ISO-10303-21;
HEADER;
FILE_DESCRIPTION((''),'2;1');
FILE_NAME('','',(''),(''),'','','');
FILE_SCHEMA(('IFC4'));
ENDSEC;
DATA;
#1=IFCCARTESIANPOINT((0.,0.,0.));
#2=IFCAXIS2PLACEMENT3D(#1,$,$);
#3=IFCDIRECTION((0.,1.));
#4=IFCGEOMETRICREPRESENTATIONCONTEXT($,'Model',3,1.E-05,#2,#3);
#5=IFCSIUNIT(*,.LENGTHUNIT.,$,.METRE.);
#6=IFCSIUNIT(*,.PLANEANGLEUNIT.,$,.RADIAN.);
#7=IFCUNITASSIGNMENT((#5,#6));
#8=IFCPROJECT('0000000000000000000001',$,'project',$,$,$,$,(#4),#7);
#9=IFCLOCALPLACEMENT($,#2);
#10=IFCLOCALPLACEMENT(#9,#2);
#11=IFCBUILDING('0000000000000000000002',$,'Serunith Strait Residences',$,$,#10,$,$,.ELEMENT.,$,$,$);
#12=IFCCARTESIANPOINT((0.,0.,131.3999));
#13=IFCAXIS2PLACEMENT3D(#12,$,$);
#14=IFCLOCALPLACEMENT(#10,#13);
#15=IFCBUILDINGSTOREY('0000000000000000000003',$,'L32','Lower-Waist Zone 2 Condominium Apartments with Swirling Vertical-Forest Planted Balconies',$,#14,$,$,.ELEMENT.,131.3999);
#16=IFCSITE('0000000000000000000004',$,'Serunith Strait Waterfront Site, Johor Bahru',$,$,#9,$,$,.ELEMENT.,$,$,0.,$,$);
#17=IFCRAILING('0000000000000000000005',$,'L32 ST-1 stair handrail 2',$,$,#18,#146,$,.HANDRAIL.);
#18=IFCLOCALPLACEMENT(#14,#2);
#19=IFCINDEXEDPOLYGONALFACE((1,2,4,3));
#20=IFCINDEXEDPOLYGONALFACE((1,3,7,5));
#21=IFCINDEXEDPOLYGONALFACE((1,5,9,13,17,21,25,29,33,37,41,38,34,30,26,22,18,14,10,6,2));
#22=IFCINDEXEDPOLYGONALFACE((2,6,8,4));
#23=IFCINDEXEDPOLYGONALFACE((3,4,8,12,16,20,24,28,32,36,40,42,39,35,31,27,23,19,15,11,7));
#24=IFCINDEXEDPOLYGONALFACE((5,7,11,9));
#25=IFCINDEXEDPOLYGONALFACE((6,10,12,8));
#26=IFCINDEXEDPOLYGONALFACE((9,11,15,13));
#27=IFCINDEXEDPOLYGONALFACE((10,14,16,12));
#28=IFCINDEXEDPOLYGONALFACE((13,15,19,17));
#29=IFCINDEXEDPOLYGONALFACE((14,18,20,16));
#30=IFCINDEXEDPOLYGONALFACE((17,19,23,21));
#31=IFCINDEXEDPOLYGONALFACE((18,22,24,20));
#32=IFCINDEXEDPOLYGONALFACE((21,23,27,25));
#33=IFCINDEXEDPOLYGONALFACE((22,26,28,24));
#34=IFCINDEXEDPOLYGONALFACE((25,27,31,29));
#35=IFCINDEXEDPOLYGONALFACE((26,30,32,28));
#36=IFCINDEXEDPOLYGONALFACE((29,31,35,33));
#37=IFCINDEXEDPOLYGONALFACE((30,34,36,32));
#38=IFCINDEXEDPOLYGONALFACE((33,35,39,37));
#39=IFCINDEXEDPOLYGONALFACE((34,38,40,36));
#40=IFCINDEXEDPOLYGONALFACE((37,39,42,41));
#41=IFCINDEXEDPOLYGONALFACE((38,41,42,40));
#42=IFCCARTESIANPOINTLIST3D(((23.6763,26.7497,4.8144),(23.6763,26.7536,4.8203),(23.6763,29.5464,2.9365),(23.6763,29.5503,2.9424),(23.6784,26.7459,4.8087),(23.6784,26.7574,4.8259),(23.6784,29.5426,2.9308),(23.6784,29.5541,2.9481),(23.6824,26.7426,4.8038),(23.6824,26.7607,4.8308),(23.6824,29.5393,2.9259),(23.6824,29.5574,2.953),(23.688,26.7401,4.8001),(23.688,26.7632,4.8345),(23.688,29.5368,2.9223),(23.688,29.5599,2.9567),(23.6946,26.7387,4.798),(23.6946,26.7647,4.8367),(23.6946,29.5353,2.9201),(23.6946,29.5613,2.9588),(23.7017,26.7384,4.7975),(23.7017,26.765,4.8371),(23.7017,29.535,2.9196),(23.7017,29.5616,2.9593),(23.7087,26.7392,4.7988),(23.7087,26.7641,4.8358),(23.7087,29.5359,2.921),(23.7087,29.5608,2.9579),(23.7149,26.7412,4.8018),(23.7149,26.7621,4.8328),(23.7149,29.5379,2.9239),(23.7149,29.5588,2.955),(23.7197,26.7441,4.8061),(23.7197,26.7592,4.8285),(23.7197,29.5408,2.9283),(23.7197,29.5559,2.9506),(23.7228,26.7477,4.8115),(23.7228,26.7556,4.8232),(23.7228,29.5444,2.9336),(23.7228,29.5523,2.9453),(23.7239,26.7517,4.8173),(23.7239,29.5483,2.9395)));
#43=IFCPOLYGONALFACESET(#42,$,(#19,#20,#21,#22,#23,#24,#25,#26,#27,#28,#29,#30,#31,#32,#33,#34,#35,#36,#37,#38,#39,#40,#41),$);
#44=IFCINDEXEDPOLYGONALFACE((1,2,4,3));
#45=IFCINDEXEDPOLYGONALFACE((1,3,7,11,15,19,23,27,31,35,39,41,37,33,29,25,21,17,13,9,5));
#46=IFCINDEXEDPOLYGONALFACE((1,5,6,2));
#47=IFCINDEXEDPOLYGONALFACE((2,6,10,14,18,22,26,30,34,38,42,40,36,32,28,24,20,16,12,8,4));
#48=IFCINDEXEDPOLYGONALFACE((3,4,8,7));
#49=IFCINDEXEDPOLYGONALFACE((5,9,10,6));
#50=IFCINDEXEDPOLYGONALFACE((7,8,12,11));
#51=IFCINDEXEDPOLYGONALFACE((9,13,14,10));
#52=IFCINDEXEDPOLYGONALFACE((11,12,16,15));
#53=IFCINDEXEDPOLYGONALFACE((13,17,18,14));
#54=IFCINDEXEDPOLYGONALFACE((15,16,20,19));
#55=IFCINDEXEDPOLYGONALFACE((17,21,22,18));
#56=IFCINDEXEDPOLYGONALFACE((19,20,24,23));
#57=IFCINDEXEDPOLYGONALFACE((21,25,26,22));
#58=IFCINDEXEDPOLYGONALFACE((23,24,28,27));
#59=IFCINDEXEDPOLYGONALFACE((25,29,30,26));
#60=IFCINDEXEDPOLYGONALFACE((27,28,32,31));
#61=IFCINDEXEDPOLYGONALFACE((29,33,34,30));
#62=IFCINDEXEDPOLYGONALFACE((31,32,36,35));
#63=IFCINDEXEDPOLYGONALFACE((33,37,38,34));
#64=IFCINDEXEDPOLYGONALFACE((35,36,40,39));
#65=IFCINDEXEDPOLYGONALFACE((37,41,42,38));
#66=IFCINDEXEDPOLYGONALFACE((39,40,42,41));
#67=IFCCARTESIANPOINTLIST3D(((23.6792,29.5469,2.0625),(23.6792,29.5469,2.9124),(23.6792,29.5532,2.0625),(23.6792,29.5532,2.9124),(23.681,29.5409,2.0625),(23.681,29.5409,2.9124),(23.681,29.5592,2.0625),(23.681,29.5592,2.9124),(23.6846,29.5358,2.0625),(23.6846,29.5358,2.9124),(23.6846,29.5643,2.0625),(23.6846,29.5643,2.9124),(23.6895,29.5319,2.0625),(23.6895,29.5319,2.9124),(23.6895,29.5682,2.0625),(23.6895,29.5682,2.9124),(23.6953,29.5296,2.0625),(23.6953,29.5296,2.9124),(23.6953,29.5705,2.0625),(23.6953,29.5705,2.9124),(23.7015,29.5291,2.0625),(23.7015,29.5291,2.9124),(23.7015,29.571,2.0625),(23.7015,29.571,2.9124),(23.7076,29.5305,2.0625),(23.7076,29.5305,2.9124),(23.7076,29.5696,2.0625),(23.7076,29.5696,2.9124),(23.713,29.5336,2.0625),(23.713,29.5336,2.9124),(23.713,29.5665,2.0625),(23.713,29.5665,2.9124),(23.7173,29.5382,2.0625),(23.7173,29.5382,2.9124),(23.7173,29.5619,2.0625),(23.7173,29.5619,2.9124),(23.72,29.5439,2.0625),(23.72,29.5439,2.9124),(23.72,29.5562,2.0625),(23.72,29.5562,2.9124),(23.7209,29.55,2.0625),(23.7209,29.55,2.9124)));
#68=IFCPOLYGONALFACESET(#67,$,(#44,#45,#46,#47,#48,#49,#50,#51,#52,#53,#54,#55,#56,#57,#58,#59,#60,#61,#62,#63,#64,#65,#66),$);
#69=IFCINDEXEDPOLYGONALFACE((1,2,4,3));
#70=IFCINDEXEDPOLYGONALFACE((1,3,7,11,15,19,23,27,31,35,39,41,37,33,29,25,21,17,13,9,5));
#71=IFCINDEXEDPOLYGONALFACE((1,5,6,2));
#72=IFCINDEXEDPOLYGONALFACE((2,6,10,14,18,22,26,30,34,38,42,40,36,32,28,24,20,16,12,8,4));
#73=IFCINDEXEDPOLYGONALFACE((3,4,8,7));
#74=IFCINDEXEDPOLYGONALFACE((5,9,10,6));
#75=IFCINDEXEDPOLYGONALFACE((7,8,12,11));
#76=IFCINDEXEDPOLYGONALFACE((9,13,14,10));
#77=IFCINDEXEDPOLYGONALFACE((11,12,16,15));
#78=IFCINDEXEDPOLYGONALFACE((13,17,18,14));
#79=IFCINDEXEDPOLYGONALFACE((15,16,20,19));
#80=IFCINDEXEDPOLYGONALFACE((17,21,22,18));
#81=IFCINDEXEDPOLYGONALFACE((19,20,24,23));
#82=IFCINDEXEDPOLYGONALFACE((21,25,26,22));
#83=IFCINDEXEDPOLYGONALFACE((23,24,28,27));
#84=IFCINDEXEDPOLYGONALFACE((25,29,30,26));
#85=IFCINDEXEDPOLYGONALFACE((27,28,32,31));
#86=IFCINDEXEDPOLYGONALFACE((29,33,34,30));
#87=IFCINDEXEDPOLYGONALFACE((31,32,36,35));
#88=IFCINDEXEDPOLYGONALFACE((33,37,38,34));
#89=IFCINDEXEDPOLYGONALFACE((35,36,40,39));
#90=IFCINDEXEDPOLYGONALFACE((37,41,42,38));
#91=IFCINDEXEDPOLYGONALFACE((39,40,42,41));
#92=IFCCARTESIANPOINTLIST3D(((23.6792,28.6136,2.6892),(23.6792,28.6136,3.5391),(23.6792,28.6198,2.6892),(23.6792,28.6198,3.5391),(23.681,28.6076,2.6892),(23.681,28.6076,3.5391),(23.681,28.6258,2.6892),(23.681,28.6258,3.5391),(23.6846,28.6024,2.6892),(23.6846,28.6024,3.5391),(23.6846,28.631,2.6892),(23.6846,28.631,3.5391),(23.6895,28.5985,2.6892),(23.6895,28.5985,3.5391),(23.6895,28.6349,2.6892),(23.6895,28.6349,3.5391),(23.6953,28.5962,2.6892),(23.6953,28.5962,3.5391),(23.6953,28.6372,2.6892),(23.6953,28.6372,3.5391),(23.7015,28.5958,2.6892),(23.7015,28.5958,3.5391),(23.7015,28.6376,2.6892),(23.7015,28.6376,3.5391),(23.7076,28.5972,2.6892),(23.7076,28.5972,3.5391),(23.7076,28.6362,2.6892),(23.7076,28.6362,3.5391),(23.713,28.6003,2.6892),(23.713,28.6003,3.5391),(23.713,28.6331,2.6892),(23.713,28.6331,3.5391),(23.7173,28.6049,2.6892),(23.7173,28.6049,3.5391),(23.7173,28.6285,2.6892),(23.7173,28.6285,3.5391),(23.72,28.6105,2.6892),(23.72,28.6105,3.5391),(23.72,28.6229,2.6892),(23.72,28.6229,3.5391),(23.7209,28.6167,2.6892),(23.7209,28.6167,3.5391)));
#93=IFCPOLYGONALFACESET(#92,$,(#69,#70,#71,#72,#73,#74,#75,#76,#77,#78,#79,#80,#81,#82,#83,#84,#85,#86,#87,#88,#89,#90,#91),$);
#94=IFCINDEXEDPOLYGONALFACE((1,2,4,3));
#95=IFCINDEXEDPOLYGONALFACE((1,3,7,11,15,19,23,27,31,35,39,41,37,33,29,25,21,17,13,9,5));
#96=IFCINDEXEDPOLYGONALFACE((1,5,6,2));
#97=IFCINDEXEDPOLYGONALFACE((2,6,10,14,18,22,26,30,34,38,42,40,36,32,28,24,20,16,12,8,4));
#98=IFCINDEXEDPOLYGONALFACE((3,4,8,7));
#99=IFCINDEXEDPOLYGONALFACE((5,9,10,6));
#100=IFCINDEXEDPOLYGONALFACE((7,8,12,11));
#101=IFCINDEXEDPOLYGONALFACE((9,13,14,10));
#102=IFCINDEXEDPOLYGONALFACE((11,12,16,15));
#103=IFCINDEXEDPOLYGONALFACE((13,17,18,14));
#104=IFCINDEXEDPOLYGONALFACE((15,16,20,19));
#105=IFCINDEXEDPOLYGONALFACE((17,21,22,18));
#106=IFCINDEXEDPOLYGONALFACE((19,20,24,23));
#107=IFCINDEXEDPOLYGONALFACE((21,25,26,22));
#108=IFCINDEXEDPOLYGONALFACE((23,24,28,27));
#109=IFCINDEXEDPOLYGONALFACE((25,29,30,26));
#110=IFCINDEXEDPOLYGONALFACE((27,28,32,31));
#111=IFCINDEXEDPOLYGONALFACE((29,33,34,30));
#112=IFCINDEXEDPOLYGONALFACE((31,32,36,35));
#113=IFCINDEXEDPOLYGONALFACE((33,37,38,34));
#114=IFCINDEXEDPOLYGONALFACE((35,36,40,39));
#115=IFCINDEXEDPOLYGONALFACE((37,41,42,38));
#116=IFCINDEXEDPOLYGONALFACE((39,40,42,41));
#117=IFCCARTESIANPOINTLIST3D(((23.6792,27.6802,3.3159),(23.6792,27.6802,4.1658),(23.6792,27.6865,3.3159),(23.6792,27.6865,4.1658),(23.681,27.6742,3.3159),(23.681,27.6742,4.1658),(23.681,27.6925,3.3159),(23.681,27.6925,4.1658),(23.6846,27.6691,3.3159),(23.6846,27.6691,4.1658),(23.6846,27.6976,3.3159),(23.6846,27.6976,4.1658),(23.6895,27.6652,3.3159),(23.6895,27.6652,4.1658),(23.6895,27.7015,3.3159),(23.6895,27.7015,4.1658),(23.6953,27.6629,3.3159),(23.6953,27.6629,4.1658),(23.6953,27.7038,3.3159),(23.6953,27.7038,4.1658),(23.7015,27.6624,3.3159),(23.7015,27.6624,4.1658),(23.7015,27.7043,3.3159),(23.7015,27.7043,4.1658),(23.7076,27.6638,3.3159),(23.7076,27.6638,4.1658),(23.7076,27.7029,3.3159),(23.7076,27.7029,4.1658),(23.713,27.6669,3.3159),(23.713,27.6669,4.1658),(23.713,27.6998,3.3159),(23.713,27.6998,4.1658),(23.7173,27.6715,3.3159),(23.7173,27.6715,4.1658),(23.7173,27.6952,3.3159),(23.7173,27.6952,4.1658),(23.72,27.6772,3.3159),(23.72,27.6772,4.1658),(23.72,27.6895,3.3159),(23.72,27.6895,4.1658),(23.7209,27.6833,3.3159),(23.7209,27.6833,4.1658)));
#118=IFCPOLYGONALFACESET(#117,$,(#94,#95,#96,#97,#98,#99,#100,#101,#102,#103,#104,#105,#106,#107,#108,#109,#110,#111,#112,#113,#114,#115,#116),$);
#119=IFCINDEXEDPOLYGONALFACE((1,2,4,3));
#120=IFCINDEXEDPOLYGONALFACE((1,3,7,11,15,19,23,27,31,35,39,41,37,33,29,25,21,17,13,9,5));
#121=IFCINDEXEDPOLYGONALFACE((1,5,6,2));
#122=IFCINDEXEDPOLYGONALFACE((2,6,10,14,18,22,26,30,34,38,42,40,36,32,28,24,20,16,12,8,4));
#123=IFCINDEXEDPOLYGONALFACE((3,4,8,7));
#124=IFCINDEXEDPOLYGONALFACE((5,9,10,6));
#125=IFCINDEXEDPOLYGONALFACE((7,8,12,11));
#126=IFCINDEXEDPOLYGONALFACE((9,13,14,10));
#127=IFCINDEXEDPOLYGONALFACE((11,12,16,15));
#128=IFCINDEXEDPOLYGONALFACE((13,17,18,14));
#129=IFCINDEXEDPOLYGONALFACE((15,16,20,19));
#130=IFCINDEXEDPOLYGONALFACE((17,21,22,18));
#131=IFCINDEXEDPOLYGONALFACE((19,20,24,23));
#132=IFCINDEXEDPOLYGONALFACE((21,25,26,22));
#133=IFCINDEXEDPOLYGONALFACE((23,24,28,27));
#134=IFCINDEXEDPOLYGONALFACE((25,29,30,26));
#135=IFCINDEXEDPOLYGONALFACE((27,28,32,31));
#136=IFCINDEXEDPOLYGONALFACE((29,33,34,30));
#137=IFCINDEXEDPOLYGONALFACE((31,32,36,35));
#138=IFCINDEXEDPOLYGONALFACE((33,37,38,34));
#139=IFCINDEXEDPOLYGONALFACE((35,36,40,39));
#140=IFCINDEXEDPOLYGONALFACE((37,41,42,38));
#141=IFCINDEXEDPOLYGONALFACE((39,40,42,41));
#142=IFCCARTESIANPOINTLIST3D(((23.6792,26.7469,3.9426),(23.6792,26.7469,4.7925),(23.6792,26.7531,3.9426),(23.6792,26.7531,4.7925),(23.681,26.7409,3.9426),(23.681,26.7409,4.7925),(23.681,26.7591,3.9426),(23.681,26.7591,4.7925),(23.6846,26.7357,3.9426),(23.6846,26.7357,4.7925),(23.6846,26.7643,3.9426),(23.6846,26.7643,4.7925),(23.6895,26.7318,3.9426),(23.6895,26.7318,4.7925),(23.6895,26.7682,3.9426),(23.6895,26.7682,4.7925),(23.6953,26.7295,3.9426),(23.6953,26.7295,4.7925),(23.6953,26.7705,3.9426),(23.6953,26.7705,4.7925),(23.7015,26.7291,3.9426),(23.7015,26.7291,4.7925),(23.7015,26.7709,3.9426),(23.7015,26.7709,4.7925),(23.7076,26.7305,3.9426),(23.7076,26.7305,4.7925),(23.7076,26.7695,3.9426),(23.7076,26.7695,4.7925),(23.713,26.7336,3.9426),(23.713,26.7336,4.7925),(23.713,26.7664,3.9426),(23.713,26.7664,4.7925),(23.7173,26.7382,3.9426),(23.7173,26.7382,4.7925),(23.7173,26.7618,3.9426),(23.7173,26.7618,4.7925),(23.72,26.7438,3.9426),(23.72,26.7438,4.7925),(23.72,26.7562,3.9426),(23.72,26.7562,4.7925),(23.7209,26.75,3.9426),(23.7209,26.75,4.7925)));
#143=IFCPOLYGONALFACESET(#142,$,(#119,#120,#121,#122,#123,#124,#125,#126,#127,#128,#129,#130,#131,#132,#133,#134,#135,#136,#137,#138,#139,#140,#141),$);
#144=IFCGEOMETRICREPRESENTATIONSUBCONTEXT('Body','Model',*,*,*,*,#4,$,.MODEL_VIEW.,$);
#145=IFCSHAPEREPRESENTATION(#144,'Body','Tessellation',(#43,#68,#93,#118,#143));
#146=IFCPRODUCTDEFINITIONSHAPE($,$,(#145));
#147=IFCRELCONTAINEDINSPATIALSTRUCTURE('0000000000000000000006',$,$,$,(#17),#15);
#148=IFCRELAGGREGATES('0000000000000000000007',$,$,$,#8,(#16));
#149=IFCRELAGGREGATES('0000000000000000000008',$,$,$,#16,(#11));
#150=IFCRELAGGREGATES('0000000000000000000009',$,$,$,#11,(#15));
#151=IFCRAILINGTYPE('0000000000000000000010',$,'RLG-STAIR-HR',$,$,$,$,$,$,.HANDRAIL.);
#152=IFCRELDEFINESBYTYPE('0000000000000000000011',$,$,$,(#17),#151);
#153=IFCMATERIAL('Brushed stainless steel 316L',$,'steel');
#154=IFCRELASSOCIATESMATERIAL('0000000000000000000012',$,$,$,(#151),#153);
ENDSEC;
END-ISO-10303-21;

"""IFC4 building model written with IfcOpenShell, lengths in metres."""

from ifc_helpers import new_model, si_unit, direction, frame, origin, origin_2d, place, context, subcontext, project, spatial, circle, extrude, material, type_object, element, save


model = new_model("IFC4")

# Units and contexts
model_context = context("Model", 3, precision=1e-05, world=origin(), true_north=direction((0.0, 1.0)))
body_context = subcontext(model_context, "Body", "Model", "MODEL_VIEW")
ifc_project = project(units=[si_unit("LENGTHUNIT", "METRE"), si_unit("PLANEANGLEUNIT", "RADIAN")], contexts=[model_context])

# Site, building, storey
site_placement = place(None, origin())
site = spatial("IfcSite", under=ifc_project, at=site_placement, Name="Serunith Strait Waterfront Site, Johor Bahru", CompositionType="ELEMENT", RefElevation=0.0)
building_placement = place(site_placement, origin())
building = spatial("IfcBuilding", under=site, at=building_placement, Name="Serunith Strait Residences", CompositionType="ELEMENT")
storey_placement = place(building_placement, frame((0.0, 0.0, 131.3999)))
storey = spatial("IfcBuildingStorey", under=building, at=storey_placement, Name="L32", Description="Lower-Waist Zone 2 Condominium Apartments with Swirling Vertical-Forest Planted Balconies", CompositionType="ELEMENT", Elevation=131.3999)

# Railing
ifc_material_1 = material(Name="Brushed stainless steel 316L", Category="steel")
railing_type_1 = type_object("IfcRailingType", Name="RLG-STAIR-HR", PredefinedType="HANDRAIL", material=ifc_material_1)
railing_1_placement = place(storey_placement, frame((23.7, 29.55, 2.0625)))
element("IfcRailing", 1, at=railing_1_placement, inside=storey, type_object=railing_type_1, Name="L32 ST-1 stair handrail 2", PredefinedType="HANDRAIL", context=body_context, shape_type="SweptSolid", body=[
    extrude(circle(Radius=0.0239, at=origin_2d()), frame((0.0, -0.0017, 0.877), z_axis=(0.0, -0.830208, 0.557453), x_axis=(1.0, 0.0, 0.0)), (0.0, 0.0, 1.0), 3.3687),
    extrude(circle(Radius=0.021, at=origin_2d()), origin(), (0.0, 0.0, 1.0), 0.8499),
    extrude(circle(Radius=0.021, at=origin_2d()), frame((0.0, -0.9333, 0.6267)), (0.0, 0.0, 1.0), 0.8499),
    extrude(circle(Radius=0.021, at=origin_2d()), frame((0.0, -1.8667, 1.2534)), (0.0, 0.0, 1.0), 0.8499),
    extrude(circle(Radius=0.021, at=origin_2d()), frame((0.0, -2.8, 1.8801)), (0.0, 0.0, 1.0), 0.8499),
])

save(model, "model.ifc")
